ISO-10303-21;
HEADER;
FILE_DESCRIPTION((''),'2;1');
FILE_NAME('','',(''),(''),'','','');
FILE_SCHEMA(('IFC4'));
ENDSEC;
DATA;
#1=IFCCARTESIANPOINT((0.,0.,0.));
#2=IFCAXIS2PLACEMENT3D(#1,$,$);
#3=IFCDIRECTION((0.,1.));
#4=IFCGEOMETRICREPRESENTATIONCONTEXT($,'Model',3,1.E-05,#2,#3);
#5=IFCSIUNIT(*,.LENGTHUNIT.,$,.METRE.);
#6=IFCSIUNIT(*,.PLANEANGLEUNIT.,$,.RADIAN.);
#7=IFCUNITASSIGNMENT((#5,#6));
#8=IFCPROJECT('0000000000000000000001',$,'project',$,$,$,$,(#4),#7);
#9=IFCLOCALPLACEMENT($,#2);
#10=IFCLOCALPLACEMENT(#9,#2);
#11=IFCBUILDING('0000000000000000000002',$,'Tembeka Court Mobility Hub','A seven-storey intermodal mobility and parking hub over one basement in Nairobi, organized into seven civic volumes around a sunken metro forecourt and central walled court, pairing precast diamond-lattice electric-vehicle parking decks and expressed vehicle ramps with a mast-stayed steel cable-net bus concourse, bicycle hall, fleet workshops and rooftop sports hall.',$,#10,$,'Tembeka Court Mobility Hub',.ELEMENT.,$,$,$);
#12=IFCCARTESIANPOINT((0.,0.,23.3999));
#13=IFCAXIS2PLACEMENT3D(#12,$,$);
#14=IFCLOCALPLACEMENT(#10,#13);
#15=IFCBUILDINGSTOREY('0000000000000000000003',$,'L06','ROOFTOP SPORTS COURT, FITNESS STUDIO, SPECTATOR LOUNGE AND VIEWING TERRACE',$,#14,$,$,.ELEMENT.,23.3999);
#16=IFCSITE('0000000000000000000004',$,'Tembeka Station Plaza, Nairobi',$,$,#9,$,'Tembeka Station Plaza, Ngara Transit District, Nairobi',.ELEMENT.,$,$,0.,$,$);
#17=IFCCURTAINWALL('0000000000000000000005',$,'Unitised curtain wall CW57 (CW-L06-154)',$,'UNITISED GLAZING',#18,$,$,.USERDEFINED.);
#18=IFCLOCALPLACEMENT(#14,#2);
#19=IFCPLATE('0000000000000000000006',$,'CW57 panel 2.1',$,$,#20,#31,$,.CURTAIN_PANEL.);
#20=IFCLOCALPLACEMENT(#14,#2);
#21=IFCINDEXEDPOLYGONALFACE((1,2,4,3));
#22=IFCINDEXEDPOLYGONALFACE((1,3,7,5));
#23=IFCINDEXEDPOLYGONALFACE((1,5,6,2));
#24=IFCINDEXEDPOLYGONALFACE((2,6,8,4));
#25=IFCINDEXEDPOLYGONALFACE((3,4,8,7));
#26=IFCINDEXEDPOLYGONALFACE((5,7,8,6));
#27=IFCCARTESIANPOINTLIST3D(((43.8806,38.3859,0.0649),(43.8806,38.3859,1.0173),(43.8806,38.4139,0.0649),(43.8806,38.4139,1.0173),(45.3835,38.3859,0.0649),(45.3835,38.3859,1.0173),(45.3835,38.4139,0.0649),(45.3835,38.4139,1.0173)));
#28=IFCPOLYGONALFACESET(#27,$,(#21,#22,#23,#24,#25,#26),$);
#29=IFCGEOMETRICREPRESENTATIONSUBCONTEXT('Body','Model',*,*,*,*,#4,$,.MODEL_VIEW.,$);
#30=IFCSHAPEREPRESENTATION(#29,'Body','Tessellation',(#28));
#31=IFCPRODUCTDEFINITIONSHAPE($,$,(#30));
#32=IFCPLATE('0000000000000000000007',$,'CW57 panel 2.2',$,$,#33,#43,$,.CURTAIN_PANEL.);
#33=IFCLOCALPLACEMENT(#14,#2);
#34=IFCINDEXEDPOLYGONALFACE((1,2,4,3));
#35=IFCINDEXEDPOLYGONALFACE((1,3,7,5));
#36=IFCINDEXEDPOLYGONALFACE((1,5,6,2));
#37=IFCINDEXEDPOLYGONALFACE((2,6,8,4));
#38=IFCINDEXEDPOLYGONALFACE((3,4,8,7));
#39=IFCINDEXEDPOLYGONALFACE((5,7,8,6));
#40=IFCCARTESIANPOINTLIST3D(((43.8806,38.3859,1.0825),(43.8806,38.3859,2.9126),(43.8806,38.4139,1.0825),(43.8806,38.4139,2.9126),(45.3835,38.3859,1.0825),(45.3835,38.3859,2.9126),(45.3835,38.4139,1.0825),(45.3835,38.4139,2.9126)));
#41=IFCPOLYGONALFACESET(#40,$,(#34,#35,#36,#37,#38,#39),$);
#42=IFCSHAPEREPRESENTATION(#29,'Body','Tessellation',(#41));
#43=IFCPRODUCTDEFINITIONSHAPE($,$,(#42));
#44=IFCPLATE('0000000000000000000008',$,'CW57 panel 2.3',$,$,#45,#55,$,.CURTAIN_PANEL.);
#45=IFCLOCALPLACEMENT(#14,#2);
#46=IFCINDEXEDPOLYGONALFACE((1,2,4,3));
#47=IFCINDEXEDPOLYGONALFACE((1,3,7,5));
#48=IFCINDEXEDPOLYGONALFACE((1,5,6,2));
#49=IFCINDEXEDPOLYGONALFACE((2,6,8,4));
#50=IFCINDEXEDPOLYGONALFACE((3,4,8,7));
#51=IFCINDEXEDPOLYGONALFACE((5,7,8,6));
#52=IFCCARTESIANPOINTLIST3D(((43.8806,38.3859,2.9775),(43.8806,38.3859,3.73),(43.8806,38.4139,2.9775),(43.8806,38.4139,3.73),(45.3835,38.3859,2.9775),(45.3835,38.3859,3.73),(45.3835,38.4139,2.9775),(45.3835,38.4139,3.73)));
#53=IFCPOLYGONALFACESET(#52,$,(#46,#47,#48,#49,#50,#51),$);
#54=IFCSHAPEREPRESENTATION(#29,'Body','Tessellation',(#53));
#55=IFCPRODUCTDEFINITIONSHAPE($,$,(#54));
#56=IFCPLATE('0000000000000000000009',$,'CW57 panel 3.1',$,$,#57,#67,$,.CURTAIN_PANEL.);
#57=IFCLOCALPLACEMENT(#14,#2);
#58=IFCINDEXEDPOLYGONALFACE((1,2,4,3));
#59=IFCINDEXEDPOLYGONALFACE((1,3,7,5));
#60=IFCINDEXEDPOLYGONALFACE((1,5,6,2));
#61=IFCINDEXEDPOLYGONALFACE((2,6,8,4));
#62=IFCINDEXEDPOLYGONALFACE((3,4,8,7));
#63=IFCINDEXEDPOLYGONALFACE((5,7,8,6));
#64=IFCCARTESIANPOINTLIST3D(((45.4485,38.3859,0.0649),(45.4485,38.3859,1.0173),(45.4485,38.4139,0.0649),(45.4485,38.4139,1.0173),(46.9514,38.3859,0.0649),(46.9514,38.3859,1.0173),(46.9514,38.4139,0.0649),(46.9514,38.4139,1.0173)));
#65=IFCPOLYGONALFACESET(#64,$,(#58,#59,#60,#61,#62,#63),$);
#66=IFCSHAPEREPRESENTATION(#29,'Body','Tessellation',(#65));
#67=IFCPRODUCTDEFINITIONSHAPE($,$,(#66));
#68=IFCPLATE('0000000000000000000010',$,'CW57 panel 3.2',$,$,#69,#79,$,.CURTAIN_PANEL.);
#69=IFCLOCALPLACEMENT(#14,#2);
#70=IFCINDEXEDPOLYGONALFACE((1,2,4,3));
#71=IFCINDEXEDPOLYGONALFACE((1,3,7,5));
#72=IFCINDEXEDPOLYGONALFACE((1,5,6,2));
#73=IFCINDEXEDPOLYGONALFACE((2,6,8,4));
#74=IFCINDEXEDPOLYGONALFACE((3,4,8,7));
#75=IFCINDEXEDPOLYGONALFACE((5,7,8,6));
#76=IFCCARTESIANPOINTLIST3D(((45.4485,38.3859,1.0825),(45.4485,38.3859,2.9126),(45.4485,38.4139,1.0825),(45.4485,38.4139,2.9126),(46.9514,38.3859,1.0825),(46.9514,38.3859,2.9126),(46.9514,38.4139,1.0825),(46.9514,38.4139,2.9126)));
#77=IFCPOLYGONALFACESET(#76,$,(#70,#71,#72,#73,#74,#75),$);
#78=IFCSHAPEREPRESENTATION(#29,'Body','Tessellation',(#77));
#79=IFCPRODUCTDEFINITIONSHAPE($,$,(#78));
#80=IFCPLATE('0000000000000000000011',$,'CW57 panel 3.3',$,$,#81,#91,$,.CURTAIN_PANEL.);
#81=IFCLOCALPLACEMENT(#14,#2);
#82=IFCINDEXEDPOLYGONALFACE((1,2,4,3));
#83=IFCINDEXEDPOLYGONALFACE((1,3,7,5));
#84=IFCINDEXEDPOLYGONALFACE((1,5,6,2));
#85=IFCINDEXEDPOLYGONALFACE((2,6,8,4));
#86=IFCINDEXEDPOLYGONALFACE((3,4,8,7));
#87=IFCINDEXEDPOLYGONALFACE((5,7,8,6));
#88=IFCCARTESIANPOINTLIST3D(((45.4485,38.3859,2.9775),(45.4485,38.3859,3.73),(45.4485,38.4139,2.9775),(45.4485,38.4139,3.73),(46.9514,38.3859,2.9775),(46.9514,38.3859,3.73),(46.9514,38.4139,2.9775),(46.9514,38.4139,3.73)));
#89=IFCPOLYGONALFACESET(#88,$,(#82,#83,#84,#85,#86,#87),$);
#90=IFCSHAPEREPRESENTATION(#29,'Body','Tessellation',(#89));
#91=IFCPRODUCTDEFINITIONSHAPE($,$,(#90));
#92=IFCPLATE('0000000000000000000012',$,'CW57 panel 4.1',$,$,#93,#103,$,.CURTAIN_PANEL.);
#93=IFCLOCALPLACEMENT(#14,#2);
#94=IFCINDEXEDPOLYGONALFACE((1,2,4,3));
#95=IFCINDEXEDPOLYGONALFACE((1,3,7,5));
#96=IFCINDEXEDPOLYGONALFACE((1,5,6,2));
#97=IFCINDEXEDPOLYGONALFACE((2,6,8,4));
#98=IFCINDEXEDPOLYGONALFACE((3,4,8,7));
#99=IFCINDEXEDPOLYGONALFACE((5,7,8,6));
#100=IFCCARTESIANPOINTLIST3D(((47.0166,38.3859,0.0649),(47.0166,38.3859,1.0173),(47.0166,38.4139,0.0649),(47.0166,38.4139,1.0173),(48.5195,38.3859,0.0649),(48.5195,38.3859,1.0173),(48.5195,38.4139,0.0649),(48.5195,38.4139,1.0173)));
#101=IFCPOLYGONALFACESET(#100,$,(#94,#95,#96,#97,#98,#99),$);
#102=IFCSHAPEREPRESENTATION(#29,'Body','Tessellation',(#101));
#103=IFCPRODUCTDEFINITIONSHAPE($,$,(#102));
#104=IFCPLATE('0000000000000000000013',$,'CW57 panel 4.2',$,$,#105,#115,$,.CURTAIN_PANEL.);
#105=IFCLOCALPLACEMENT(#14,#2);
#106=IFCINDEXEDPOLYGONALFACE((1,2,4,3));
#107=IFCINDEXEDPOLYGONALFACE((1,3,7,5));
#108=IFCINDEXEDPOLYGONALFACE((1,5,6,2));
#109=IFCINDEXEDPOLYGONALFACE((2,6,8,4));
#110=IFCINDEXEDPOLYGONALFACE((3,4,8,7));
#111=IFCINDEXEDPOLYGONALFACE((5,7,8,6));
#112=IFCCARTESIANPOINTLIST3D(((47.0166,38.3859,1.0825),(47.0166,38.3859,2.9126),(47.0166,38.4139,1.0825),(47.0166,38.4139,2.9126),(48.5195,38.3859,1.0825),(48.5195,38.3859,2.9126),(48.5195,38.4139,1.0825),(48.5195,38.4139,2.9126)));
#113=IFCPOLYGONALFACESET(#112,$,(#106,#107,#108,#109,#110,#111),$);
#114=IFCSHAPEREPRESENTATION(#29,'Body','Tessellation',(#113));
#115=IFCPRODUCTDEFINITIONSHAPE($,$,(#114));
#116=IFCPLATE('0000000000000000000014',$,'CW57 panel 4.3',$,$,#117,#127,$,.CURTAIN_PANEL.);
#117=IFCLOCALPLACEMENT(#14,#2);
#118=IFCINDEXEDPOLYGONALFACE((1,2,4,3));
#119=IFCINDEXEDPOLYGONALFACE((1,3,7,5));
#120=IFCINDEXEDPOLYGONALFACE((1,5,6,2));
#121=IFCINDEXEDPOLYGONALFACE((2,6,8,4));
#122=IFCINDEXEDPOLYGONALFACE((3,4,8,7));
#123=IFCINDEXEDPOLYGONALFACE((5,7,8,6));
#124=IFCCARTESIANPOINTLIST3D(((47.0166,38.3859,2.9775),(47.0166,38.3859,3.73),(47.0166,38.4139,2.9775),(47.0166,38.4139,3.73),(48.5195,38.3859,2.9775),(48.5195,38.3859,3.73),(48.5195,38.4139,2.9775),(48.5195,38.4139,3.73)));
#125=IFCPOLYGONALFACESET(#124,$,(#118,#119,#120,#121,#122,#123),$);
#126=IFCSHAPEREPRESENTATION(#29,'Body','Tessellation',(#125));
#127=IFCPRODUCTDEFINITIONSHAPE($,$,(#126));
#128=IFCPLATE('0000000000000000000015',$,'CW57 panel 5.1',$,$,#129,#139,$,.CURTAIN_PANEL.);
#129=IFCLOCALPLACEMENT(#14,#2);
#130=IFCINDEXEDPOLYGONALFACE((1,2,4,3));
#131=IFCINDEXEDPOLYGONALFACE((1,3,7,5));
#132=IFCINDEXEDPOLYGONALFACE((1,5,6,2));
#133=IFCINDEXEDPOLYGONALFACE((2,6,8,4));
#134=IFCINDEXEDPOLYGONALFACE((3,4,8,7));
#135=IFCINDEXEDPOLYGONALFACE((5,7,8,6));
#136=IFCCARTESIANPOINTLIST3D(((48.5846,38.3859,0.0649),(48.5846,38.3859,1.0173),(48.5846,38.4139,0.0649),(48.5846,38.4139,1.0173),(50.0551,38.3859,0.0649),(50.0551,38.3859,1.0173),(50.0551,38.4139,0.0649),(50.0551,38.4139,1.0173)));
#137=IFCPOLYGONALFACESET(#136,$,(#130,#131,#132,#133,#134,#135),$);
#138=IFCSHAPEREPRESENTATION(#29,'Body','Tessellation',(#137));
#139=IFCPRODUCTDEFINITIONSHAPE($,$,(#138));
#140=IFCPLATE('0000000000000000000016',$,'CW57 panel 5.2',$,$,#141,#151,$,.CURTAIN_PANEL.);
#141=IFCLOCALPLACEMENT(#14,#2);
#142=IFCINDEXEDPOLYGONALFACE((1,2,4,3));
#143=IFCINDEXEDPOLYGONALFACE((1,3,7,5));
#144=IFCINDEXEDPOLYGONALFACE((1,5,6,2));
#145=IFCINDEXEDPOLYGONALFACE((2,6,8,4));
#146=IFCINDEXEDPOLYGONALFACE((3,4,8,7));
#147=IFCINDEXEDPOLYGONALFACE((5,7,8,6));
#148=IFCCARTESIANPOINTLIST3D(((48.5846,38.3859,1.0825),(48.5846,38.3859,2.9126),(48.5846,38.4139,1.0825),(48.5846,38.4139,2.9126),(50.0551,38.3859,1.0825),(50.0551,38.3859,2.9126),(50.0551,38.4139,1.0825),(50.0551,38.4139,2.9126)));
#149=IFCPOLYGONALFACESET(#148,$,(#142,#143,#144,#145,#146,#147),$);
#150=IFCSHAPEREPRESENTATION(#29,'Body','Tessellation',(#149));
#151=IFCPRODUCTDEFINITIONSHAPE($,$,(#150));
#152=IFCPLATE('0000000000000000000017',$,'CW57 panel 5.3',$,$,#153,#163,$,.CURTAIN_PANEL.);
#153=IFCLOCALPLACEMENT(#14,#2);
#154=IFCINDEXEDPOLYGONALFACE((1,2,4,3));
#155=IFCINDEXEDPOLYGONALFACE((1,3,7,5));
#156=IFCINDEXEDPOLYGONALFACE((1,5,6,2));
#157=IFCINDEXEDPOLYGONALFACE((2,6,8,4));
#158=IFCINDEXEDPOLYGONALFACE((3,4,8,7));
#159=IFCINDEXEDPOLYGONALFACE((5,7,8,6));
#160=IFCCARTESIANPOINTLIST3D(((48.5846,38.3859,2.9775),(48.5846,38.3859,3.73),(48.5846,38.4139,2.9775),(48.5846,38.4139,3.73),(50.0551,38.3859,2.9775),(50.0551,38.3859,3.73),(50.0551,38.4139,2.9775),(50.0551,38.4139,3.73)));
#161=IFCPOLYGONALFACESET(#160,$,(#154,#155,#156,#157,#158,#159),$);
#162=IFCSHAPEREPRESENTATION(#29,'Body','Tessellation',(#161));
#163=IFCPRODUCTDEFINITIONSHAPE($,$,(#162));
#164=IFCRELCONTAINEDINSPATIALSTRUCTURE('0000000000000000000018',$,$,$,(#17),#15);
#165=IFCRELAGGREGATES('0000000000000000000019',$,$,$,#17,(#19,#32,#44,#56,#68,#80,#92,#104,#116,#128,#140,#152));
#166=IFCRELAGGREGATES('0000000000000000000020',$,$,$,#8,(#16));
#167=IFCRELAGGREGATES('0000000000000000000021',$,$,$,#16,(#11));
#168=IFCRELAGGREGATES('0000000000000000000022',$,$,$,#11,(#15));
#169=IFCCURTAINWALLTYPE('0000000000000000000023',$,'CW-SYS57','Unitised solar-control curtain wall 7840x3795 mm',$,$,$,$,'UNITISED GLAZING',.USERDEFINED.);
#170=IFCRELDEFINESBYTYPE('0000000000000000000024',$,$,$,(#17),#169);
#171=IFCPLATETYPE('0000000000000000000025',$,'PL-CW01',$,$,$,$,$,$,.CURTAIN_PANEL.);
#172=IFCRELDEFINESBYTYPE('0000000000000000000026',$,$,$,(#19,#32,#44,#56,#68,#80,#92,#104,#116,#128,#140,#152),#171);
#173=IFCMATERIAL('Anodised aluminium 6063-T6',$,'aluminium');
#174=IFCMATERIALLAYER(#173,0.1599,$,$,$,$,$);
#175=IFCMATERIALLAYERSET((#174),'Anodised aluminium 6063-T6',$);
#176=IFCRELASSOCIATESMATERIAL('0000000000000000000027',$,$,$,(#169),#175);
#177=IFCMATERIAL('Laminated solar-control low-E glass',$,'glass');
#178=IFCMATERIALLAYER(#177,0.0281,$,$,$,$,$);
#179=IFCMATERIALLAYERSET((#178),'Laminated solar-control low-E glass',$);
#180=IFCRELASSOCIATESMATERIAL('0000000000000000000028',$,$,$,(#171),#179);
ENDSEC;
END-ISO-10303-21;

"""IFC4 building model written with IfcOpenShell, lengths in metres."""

from ifc_helpers import new_model, si_unit, direction, frame, origin, origin_2d, place, context, subcontext, project, spatial, rectangle, extrude, material, layer, layer_set, type_object, element, aggregate, save


model = new_model("IFC4")

# Units and contexts
model_context = context("Model", 3, precision=1e-05, world=origin(), true_north=direction((0.0, 1.0)))
body_context = subcontext(model_context, "Body", "Model", "MODEL_VIEW")
ifc_project = project(units=[si_unit("LENGTHUNIT", "METRE"), si_unit("PLANEANGLEUNIT", "RADIAN")], contexts=[model_context])

# Site, building, storey
site_placement = place(None, origin())
site = spatial("IfcSite", under=ifc_project, at=site_placement, Name="Tembeka Station Plaza, Nairobi", LongName="Tembeka Station Plaza, Ngara Transit District, Nairobi", CompositionType="ELEMENT", RefElevation=0.0)
building_placement = place(site_placement, origin())
building = spatial("IfcBuilding", under=site, at=building_placement, Name="Tembeka Court Mobility Hub", Description="A seven-storey intermodal mobility and parking hub over one basement in Nairobi, organized into seven civic volumes around a sunken metro forecourt and central walled court, pairing precast diamond-lattice electric-vehicle parking decks and expressed vehicle ramps with a mast-stayed steel cable-net bus concourse, bicycle hall, fleet workshops and rooftop sports hall.", LongName="Tembeka Court Mobility Hub", CompositionType="ELEMENT")
storey_placement = place(building_placement, frame((0.0, 0.0, 23.3999)))
storey = spatial("IfcBuildingStorey", under=building, at=storey_placement, Name="L06", Description="ROOFTOP SPORTS COURT, FITNESS STUDIO, SPECTATOR LOUNGE AND VIEWING TERRACE", CompositionType="ELEMENT", Elevation=23.3999)

# Curtain wall
ifc_material_1 = material(Name="Anodised aluminium 6063-T6", Category="aluminium")
ifc_layer_1 = layer(ifc_material_1, 0.1599)
ifc_layer_set_1 = layer_set([ifc_layer_1], Name="Anodised aluminium 6063-T6")
curtain_wall_type = type_object("IfcCurtainWallType", Name="CW-SYS57", Description="Unitised solar-control curtain wall 7840x3795 mm", ElementType="UNITISED GLAZING", PredefinedType="USERDEFINED", material=ifc_layer_set_1)
curtain_wall_1_placement = place(storey_placement, origin())
curtain_wall_1 = element("IfcCurtainWall", 1, at=curtain_wall_1_placement, inside=storey, type_object=curtain_wall_type, Name="Unitised curtain wall CW57 (CW-L06-154)", ObjectType="UNITISED GLAZING", PredefinedType="USERDEFINED")

# Plates
ifc_material_2 = material(Name="Laminated solar-control low-E glass", Category="glass")
ifc_layer_2 = layer(ifc_material_2, 0.0281)
ifc_layer_set_2 = layer_set([ifc_layer_2], Name="Laminated solar-control low-E glass")
plate_type = type_object("IfcPlateType", Name="PL-CW01", PredefinedType="CURTAIN_PANEL", material=ifc_layer_set_2)
plate_1_placement = place(storey_placement, frame((44.6321, 38.3999, 0.0649), z_axis=(0.0, 0.0, 1.0), x_axis=(1.0, 0.0, 0.0)))
plate_1 = element("IfcPlate", 2, at=plate_1_placement, type_object=plate_type, Name="CW57 panel 2.1", PredefinedType="CURTAIN_PANEL", context=body_context, shape_type="SweptSolid", body=[
    extrude(rectangle(XDim=1.5029, YDim=0.0281, at=origin_2d()), origin(), (0.0, 0.0, 1.0), 0.9524),
])
plate_2_placement = place(storey_placement, frame((44.6321, 38.3999, 1.0825), z_axis=(0.0, 0.0, 1.0), x_axis=(1.0, 0.0, 0.0)))
plate_2 = element("IfcPlate", 3, at=plate_2_placement, type_object=plate_type, Name="CW57 panel 2.2", PredefinedType="CURTAIN_PANEL", context=body_context, shape_type="SweptSolid", body=[
    extrude(rectangle(XDim=1.5029, YDim=0.0281, at=origin_2d()), origin(), (0.0, 0.0, 1.0), 1.8301),
])
plate_3_placement = place(storey_placement, frame((44.6321, 38.3999, 2.9775), z_axis=(0.0, 0.0, 1.0), x_axis=(1.0, 0.0, 0.0)))
plate_3 = element("IfcPlate", 4, at=plate_3_placement, type_object=plate_type, Name="CW57 panel 2.3", PredefinedType="CURTAIN_PANEL", context=body_context, shape_type="SweptSolid", body=[
    extrude(rectangle(XDim=1.5029, YDim=0.0281, at=origin_2d()), origin(), (0.0, 0.0, 1.0), 0.7524),
])
plate_4_placement = place(storey_placement, frame((46.2, 38.3999, 0.0649), z_axis=(0.0, 0.0, 1.0), x_axis=(1.0, 0.0, 0.0)))
plate_4 = element("IfcPlate", 5, at=plate_4_placement, type_object=plate_type, Name="CW57 panel 3.1", PredefinedType="CURTAIN_PANEL", context=body_context, shape_type="SweptSolid", body=[
    extrude(rectangle(XDim=1.5029, YDim=0.0281, at=origin_2d()), origin(), (0.0, 0.0, 1.0), 0.9524),
])
plate_5_placement = place(storey_placement, frame((46.2, 38.3999, 1.0825), z_axis=(0.0, 0.0, 1.0), x_axis=(1.0, 0.0, 0.0)))
plate_5 = element("IfcPlate", 6, at=plate_5_placement, type_object=plate_type, Name="CW57 panel 3.2", PredefinedType="CURTAIN_PANEL", context=body_context, shape_type="SweptSolid", body=[
    extrude(rectangle(XDim=1.5029, YDim=0.0281, at=origin_2d()), origin(), (0.0, 0.0, 1.0), 1.8301),
])
plate_6_placement = place(storey_placement, frame((46.2, 38.3999, 2.9775), z_axis=(0.0, 0.0, 1.0), x_axis=(1.0, 0.0, 0.0)))
plate_6 = element("IfcPlate", 7, at=plate_6_placement, type_object=plate_type, Name="CW57 panel 3.3", PredefinedType="CURTAIN_PANEL", context=body_context, shape_type="SweptSolid", body=[
    extrude(rectangle(XDim=1.5029, YDim=0.0281, at=origin_2d()), origin(), (0.0, 0.0, 1.0), 0.7524),
])
plate_7_placement = place(storey_placement, frame((47.7681, 38.3999, 0.0649), z_axis=(0.0, 0.0, 1.0), x_axis=(1.0, 0.0, 0.0)))
plate_7 = element("IfcPlate", 8, at=plate_7_placement, type_object=plate_type, Name="CW57 panel 4.1", PredefinedType="CURTAIN_PANEL", context=body_context, shape_type="SweptSolid", body=[
    extrude(rectangle(XDim=1.5029, YDim=0.0281, at=origin_2d()), origin(), (0.0, 0.0, 1.0), 0.9524),
])
plate_8_placement = place(storey_placement, frame((47.7681, 38.3999, 1.0825), z_axis=(0.0, 0.0, 1.0), x_axis=(1.0, 0.0, 0.0)))
plate_8 = element("IfcPlate", 9, at=plate_8_placement, type_object=plate_type, Name="CW57 panel 4.2", PredefinedType="CURTAIN_PANEL", context=body_context, shape_type="SweptSolid", body=[
    extrude(rectangle(XDim=1.5029, YDim=0.0281, at=origin_2d()), origin(), (0.0, 0.0, 1.0), 1.8301),
])
plate_9_placement = place(storey_placement, frame((47.7681, 38.3999, 2.9775), z_axis=(0.0, 0.0, 1.0), x_axis=(1.0, 0.0, 0.0)))
plate_9 = element("IfcPlate", 10, at=plate_9_placement, type_object=plate_type, Name="CW57 panel 4.3", PredefinedType="CURTAIN_PANEL", context=body_context, shape_type="SweptSolid", body=[
    extrude(rectangle(XDim=1.5029, YDim=0.0281, at=origin_2d()), origin(), (0.0, 0.0, 1.0), 0.7524),
])
plate_10_placement = place(storey_placement, frame((49.3198, 38.3999, 0.0649), z_axis=(0.0, 0.0, 1.0), x_axis=(1.0, 0.0, 0.0)))
plate_10 = element("IfcPlate", 11, at=plate_10_placement, type_object=plate_type, Name="CW57 panel 5.1", PredefinedType="CURTAIN_PANEL", context=body_context, shape_type="SweptSolid", body=[
    extrude(rectangle(XDim=1.4705, YDim=0.0281, at=origin_2d()), origin(), (0.0, 0.0, 1.0), 0.9524),
])
plate_11_placement = place(storey_placement, frame((49.3198, 38.3999, 1.0825), z_axis=(0.0, 0.0, 1.0), x_axis=(1.0, 0.0, 0.0)))
plate_11 = element("IfcPlate", 12, at=plate_11_placement, type_object=plate_type, Name="CW57 panel 5.2", PredefinedType="CURTAIN_PANEL", context=body_context, shape_type="SweptSolid", body=[
    extrude(rectangle(XDim=1.4705, YDim=0.0281, at=origin_2d()), origin(), (0.0, 0.0, 1.0), 1.8301),
])
plate_12_placement = place(storey_placement, frame((49.3198, 38.3999, 2.9775), z_axis=(0.0, 0.0, 1.0), x_axis=(1.0, 0.0, 0.0)))
plate_12 = element("IfcPlate", 13, at=plate_12_placement, type_object=plate_type, Name="CW57 panel 5.3", PredefinedType="CURTAIN_PANEL", context=body_context, shape_type="SweptSolid", body=[
    extrude(rectangle(XDim=1.4705, YDim=0.0281, at=origin_2d()), origin(), (0.0, 0.0, 1.0), 0.7524),
])
aggregate(curtain_wall_1, [plate_1, plate_2, plate_3, plate_4, plate_5, plate_6, plate_7, plate_8, plate_9, plate_10, plate_11, plate_12])

save(model, "model.ifc")
